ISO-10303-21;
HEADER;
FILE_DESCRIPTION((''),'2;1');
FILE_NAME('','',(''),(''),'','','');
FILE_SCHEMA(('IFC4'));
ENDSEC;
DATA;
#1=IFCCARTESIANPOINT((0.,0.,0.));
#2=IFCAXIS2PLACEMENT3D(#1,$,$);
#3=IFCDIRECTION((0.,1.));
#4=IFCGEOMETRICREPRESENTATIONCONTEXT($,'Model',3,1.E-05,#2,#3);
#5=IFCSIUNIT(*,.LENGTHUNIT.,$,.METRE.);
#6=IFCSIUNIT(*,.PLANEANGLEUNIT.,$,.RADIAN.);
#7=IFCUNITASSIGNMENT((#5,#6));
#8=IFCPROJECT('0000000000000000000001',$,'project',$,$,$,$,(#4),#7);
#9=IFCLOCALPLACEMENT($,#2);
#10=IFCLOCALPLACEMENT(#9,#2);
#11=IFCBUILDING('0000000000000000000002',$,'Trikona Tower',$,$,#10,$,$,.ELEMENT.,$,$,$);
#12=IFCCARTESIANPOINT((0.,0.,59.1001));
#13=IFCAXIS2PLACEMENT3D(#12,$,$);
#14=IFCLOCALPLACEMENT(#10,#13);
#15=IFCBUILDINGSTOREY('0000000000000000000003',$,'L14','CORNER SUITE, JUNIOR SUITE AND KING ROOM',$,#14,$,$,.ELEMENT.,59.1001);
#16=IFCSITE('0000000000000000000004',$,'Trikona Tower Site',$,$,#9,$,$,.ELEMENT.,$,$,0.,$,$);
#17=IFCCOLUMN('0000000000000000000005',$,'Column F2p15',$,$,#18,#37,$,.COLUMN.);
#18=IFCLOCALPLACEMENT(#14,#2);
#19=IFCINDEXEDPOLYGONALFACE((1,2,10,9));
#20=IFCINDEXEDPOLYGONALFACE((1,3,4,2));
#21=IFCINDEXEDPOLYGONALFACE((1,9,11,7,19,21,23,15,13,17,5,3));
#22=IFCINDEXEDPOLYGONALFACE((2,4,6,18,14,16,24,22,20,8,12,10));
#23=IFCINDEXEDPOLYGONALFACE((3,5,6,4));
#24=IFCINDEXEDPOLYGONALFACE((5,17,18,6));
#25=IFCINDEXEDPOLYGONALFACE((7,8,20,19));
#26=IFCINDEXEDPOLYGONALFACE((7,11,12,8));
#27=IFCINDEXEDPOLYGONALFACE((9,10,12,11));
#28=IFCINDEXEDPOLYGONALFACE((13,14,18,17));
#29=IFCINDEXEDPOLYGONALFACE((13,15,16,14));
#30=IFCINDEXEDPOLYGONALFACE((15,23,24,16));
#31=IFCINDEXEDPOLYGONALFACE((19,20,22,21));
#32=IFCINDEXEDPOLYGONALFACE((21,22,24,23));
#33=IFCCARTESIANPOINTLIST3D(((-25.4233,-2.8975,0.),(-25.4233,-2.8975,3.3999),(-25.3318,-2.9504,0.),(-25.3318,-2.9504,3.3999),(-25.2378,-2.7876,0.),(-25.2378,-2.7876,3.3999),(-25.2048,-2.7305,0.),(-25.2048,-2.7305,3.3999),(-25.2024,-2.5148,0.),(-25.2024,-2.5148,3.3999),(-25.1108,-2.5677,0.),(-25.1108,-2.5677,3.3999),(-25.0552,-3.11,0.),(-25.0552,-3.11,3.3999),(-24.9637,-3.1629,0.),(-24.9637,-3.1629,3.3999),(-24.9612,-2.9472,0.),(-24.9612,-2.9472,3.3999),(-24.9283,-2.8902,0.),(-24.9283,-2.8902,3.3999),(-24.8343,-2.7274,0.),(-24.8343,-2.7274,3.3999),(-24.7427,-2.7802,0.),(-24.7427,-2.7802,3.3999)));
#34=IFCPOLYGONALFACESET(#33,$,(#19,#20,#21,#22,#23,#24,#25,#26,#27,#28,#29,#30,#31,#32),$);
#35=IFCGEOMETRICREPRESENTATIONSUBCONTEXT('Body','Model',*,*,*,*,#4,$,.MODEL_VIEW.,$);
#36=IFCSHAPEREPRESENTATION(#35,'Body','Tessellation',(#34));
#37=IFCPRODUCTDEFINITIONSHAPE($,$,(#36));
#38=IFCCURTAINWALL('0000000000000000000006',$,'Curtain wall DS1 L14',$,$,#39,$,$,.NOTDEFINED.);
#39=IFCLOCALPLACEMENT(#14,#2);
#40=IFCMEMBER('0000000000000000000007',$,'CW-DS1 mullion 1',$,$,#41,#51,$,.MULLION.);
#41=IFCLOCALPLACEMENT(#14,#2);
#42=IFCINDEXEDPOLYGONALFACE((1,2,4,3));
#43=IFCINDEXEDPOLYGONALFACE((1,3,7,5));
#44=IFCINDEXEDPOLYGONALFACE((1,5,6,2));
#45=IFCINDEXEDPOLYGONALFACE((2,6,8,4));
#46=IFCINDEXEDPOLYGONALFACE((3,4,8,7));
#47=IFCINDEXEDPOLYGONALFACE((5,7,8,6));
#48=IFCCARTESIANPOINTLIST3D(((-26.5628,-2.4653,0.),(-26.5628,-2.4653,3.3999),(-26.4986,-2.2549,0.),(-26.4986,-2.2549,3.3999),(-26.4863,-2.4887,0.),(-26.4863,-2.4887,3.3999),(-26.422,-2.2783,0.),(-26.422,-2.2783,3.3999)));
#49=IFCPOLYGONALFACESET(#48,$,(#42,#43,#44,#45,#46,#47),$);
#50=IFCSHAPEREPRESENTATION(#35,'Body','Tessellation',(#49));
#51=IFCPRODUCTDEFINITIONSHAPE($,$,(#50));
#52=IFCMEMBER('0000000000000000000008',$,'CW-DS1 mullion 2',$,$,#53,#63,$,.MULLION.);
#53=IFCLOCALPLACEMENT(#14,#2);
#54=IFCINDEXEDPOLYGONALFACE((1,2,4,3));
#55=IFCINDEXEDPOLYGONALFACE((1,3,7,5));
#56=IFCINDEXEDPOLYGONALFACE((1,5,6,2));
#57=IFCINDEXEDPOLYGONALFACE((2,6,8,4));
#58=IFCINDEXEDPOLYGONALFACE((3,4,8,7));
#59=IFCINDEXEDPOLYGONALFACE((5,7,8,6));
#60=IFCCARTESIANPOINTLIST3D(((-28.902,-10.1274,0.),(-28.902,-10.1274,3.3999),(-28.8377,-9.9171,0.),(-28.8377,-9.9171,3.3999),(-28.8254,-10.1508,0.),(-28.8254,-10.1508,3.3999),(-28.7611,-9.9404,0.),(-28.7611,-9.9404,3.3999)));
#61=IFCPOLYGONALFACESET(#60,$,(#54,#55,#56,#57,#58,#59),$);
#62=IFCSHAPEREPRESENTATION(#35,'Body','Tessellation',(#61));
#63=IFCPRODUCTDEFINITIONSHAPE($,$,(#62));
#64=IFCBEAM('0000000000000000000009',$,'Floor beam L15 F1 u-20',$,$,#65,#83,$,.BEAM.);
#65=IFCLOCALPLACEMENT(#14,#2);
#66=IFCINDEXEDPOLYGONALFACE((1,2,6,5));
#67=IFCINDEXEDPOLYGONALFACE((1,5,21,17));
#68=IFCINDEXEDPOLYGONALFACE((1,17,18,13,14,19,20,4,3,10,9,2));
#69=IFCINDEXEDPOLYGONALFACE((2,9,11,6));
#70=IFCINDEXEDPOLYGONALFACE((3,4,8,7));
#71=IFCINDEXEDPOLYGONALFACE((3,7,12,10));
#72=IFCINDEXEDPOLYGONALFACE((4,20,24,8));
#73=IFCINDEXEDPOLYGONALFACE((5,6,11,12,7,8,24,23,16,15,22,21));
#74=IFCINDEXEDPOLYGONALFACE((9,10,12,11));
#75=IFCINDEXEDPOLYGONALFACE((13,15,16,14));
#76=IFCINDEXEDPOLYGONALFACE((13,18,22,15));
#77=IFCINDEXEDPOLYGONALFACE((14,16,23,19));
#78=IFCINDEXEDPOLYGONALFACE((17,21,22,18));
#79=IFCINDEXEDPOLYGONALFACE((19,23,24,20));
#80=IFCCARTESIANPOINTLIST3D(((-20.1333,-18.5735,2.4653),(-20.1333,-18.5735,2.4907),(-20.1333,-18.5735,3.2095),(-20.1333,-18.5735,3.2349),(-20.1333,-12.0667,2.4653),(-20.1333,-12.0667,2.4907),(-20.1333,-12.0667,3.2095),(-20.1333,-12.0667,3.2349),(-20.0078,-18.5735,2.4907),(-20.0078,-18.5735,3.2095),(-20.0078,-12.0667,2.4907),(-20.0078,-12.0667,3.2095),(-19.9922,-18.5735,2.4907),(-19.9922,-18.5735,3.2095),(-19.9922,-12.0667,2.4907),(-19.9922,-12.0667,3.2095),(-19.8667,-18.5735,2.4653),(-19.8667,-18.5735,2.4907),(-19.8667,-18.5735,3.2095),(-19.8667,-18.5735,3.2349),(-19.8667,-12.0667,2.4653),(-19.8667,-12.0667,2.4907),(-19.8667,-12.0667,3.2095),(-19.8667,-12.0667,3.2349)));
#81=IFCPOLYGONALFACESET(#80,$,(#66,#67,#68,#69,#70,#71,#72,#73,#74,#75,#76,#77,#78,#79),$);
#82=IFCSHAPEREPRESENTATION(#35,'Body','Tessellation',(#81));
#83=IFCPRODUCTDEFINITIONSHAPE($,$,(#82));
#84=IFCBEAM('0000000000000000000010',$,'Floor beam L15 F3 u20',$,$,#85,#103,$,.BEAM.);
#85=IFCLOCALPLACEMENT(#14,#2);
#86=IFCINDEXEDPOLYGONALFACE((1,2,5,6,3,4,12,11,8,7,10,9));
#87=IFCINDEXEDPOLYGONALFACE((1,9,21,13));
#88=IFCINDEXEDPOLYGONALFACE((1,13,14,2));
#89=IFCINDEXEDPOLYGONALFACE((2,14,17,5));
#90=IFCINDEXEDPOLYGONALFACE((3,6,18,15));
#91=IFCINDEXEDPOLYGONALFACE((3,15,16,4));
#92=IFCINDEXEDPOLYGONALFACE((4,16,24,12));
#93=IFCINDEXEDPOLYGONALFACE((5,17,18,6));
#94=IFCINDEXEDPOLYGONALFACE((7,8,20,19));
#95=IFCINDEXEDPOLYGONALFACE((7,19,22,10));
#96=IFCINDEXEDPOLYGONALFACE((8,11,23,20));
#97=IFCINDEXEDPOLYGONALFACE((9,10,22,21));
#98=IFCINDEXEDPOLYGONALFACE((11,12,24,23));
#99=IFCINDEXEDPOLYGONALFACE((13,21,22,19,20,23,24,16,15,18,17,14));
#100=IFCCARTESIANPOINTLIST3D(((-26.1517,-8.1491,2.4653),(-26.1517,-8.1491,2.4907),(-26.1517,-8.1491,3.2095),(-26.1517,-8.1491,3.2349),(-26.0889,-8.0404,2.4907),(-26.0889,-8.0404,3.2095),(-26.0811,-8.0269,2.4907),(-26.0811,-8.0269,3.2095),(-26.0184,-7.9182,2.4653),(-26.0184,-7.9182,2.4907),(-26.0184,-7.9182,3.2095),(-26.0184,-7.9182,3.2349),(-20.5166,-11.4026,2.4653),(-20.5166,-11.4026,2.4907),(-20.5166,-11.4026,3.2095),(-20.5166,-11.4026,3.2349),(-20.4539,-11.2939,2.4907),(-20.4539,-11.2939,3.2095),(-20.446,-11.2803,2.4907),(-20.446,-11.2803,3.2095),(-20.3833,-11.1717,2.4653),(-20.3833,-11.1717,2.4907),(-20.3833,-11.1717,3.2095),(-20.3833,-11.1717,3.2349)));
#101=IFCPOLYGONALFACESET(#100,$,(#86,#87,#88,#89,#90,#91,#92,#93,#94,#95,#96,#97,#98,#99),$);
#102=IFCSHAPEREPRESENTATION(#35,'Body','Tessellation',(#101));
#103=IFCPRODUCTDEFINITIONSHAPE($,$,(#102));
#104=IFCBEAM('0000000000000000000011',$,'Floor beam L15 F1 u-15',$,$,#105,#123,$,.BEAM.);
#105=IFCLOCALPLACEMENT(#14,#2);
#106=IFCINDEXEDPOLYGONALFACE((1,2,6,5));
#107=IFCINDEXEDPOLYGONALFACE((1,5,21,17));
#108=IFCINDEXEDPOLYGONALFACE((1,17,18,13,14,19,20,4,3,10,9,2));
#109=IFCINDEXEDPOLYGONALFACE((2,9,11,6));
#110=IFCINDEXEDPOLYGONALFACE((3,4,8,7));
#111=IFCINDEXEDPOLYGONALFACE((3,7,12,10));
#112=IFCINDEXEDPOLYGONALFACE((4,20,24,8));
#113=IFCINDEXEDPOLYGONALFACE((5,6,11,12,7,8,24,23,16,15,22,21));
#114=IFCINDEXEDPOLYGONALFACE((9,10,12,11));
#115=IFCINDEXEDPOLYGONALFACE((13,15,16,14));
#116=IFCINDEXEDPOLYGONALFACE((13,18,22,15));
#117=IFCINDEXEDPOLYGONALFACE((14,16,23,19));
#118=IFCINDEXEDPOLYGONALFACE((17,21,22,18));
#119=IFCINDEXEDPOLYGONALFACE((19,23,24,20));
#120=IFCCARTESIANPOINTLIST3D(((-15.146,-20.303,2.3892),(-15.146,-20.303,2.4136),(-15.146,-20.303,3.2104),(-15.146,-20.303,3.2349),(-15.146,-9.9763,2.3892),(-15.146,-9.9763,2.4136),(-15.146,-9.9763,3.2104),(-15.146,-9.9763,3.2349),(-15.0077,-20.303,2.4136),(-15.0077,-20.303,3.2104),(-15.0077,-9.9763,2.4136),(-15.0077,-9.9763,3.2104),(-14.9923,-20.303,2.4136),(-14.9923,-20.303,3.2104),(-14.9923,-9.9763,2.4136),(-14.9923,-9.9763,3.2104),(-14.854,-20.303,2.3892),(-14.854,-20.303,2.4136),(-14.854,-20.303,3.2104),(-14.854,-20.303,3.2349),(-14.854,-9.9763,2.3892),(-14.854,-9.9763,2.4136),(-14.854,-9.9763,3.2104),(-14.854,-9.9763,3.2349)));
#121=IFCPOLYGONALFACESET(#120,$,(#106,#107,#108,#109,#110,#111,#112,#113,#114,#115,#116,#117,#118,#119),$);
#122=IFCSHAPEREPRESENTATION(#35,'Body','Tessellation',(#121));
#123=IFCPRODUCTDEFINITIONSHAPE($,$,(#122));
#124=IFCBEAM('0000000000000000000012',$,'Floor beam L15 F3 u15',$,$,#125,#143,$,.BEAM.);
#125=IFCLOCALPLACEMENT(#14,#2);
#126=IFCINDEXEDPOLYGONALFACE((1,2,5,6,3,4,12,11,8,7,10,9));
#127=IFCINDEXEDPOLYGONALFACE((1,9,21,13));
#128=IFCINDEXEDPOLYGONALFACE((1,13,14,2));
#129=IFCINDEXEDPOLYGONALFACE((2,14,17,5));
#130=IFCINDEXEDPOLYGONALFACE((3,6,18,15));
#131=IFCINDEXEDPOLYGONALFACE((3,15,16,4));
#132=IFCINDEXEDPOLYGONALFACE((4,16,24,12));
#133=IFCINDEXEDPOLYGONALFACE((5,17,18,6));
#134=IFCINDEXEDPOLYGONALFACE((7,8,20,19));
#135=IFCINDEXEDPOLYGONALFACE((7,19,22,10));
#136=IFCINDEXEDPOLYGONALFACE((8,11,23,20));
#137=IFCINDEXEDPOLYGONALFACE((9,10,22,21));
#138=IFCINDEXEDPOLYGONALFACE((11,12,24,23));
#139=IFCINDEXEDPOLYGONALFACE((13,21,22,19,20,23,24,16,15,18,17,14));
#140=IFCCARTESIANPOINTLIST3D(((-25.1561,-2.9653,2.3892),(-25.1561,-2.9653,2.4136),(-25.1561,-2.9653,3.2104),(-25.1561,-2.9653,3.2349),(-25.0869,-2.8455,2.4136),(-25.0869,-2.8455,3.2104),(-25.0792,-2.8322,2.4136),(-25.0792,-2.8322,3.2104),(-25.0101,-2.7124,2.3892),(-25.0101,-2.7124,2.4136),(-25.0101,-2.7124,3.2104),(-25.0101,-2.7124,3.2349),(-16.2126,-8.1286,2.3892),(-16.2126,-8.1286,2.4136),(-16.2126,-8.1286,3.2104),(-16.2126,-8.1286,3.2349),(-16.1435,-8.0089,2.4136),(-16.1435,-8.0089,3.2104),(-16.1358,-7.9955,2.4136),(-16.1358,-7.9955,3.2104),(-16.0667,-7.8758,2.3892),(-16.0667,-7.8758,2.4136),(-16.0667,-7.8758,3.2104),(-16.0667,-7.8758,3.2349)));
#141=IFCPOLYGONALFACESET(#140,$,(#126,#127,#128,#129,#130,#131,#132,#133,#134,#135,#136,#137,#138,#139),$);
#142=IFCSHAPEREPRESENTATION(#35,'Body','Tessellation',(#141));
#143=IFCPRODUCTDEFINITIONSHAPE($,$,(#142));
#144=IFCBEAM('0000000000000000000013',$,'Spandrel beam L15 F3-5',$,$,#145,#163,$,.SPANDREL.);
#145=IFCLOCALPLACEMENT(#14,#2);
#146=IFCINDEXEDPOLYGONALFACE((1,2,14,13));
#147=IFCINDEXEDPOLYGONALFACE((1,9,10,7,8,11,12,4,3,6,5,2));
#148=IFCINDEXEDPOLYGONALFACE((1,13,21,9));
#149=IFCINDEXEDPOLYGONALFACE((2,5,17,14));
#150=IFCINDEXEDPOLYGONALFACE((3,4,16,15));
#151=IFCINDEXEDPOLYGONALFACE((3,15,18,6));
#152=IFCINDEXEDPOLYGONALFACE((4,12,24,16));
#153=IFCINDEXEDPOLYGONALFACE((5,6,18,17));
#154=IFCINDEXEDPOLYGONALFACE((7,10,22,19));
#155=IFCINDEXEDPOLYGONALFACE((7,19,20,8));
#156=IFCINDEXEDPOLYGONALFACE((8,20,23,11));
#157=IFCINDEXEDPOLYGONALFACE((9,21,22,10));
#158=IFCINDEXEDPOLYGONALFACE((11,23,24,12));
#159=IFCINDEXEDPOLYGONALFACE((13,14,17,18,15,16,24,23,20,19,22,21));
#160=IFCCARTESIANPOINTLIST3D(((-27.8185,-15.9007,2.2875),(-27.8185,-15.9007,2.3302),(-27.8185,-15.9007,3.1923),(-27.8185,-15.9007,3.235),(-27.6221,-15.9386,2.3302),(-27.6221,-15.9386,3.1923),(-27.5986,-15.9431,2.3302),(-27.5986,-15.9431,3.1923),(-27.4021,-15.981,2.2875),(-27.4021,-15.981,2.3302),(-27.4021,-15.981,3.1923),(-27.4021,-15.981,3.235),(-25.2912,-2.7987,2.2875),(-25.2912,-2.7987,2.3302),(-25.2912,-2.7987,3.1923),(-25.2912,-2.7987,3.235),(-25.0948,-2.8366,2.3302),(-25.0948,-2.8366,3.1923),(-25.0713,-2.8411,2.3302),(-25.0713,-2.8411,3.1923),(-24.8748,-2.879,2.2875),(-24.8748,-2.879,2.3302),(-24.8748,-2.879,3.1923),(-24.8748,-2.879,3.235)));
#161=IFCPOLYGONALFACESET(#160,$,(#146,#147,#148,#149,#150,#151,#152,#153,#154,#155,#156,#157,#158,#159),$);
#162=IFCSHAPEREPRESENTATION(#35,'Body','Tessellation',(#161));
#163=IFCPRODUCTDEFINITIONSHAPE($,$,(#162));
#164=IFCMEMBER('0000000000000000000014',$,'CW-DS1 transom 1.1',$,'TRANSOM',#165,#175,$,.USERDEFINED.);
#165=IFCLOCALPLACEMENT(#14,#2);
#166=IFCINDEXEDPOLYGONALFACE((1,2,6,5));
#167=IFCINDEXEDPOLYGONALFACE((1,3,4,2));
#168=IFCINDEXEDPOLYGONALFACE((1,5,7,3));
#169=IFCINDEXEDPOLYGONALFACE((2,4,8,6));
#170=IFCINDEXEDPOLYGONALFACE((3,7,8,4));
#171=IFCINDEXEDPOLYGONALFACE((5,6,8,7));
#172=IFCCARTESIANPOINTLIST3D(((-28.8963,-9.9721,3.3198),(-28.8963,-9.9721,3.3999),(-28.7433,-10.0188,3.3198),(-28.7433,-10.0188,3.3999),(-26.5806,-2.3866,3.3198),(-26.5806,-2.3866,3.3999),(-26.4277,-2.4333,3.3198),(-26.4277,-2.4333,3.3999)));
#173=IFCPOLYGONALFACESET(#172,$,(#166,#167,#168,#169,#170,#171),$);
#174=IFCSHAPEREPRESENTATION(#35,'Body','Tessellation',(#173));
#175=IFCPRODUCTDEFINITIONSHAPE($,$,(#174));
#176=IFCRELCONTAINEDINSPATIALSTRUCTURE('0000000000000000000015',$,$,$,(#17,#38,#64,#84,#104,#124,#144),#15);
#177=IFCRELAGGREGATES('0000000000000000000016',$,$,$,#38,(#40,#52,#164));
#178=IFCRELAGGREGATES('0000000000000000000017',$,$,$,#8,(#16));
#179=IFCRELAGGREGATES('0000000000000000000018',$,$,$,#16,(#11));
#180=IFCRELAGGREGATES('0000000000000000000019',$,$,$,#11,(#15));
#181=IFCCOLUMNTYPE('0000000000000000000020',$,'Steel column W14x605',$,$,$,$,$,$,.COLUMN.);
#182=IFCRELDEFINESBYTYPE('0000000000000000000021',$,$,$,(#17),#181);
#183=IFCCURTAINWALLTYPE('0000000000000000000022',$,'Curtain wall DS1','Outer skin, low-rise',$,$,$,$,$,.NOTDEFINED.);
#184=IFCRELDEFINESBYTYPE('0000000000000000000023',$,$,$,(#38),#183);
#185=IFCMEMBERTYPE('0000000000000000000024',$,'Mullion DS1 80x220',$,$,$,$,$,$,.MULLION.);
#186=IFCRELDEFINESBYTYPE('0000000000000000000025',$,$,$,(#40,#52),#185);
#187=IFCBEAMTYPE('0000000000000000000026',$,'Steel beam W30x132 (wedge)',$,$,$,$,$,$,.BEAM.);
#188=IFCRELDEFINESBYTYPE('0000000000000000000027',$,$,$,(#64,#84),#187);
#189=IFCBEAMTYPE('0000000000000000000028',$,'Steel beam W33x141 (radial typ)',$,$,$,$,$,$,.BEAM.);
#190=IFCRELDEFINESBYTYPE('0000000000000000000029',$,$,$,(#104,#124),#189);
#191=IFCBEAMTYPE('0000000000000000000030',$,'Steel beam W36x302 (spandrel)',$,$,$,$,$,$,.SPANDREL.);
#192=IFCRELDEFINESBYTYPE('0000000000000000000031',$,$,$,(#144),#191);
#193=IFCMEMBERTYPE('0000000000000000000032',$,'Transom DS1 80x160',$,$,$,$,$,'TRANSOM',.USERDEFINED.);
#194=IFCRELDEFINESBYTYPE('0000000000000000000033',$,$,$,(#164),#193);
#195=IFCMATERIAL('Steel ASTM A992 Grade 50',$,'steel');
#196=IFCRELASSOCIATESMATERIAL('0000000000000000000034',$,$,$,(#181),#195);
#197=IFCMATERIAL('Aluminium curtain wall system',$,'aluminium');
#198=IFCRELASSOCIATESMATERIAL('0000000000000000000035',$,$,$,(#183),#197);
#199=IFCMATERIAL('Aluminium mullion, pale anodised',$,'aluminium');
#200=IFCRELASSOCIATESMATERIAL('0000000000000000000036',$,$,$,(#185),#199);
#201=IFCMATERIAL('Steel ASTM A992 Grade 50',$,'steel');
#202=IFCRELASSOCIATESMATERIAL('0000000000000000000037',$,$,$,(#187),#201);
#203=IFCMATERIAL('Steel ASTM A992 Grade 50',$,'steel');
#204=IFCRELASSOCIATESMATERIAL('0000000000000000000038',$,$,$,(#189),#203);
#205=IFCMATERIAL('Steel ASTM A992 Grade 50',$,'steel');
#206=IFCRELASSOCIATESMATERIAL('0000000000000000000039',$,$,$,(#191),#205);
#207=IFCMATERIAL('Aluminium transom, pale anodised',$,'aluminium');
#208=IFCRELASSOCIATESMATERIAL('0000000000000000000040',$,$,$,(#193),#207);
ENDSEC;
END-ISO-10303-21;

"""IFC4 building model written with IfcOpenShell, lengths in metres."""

from ifc_helpers import new_model, si_unit, direction, frame, origin, origin_2d, place, context, subcontext, project, spatial, rectangle, i_section, extrude, material, material_profile, profile_set, type_object, element, aggregate, save


model = new_model("IFC4")

# Units and contexts
model_context = context("Model", 3, precision=1e-05, world=origin(), true_north=direction((0.0, 1.0)))
body_context = subcontext(model_context, "Body", "Model", "MODEL_VIEW")
ifc_project = project(units=[si_unit("LENGTHUNIT", "METRE"), si_unit("PLANEANGLEUNIT", "RADIAN")], contexts=[model_context])

# Site, building, storey
site_placement = place(None, origin())
site = spatial("IfcSite", under=ifc_project, at=site_placement, Name="Trikona Tower Site", CompositionType="ELEMENT", RefElevation=0.0)
building_placement = place(site_placement, origin())
building = spatial("IfcBuilding", under=site, at=building_placement, Name="Trikona Tower", CompositionType="ELEMENT")
storey_placement = place(building_placement, frame((0.0, 0.0, 59.1001)))
storey = spatial("IfcBuildingStorey", under=building, at=storey_placement, Name="L14", Description="CORNER SUITE, JUNIOR SUITE AND KING ROOM", CompositionType="ELEMENT", Elevation=59.1001)

# Column
ifc_material_1 = material(Name="Steel ASTM A992 Grade 50", Category="steel")
ifc_material_profile_1 = material_profile(ifc_material_1, i_section(OverallWidth=0.4419, OverallDepth=0.5308, WebThickness=0.0659, FlangeThickness=0.1057, at=origin_2d()), Name="W14X605")
ifc_profile_set_1 = profile_set([ifc_material_profile_1], Name="Steel ASTM A992 Grade 50")
column_type = type_object("IfcColumnType", Name="Steel column W14x605", PredefinedType="COLUMN", material=ifc_profile_set_1)
column_placement = place(storey_placement, frame((-25.083, -2.8389, 0.0), z_axis=(0.0, 0.0, 1.0), x_axis=(-0.5, -0.866025, 0.0)))
element("IfcColumn", 1, at=column_placement, inside=storey, type_object=column_type, Name="Column F2p15", PredefinedType="COLUMN", context=body_context, shape_type="SweptSolid", body=[
    extrude(i_section(OverallWidth=0.4419, OverallDepth=0.5308, WebThickness=0.0659, FlangeThickness=0.1057, at=origin_2d()), origin(), (0.0, 0.0, 1.0), 3.3999),
])

# Curtain wall, members
ifc_material_2 = material(Name="Aluminium curtain wall system", Category="aluminium")
curtain_wall_type = type_object("IfcCurtainWallType", Name="Curtain wall DS1", Description="Outer skin, low-rise", PredefinedType="NOTDEFINED", material=ifc_material_2)
curtain_wall_placement = place(storey_placement, origin())
curtain_wall = element("IfcCurtainWall", 2, at=curtain_wall_placement, inside=storey, type_object=curtain_wall_type, Name="Curtain wall DS1 L14", PredefinedType="NOTDEFINED")
ifc_material_3 = material(Name="Aluminium mullion, pale anodised", Category="aluminium")
ifc_material_profile_2 = material_profile(ifc_material_3, rectangle(XDim=0.0801, YDim=0.22, at=origin_2d()), Name="MUL-DS1")
ifc_profile_set_2 = profile_set([ifc_material_profile_2], Name="Aluminium mullion, pale anodised")
member_type_1 = type_object("IfcMemberType", Name="Mullion DS1 80x220", PredefinedType="MULLION", material=ifc_profile_set_2)
member_1_placement = place(storey_placement, frame((-26.4924, -2.3718, 0.0), z_axis=(0.0, 0.0, 1.0), x_axis=(0.956423, -0.291984, 0.0)))
member_1 = element("IfcMember", 3, at=member_1_placement, type_object=member_type_1, Name="CW-DS1 mullion 1", PredefinedType="MULLION", context=body_context, shape_type="SweptSolid", body=[
    extrude(rectangle(XDim=0.0801, YDim=0.22, at=origin_2d()), origin(), (0.0, 0.0, 1.0), 3.3999),
])
member_2_placement = place(storey_placement, frame((-28.8315, -10.0339, 0.0), z_axis=(0.0, 0.0, 1.0), x_axis=(0.956423, -0.291984, 0.0)))
member_2 = element("IfcMember", 4, at=member_2_placement, type_object=member_type_1, Name="CW-DS1 mullion 2", PredefinedType="MULLION", context=body_context, shape_type="SweptSolid", body=[
    extrude(rectangle(XDim=0.0801, YDim=0.22, at=origin_2d()), origin(), (0.0, 0.0, 1.0), 3.3999),
])

# Beams
ifc_material_4 = material(Name="Steel ASTM A992 Grade 50", Category="steel")
ifc_material_profile_3 = material_profile(ifc_material_4, i_section(OverallWidth=0.2666, OverallDepth=0.7695, WebThickness=0.0156, FlangeThickness=0.0254, at=origin_2d()), Name="W30X132")
ifc_profile_set_3 = profile_set([ifc_material_profile_3], Name="Steel ASTM A992 Grade 50")
beam_type_1 = type_object("IfcBeamType", Name="Steel beam W30x132 (wedge)", PredefinedType="BEAM", material=ifc_profile_set_3)
for number, where, z_axis, x_axis, name in (
    (5, (-20.0, -12.0667, 2.8501), (0.0, -1.0, 0.0), (1.0, 0.0, 0.0), "Floor beam L15 F1 u-20"),
    (6, (-20.45, -11.2871, 2.8501), (-0.866023, 0.500005, 0.0), (-0.500005, -0.866023, 0.0), "Floor beam L15 F3 u20"),
):
    element("IfcBeam", number, at=place(storey_placement, frame(where, z_axis=z_axis, x_axis=x_axis)), inside=storey, type_object=beam_type_1, Name=name, PredefinedType="BEAM", context=body_context, shape_type="SweptSolid", body=[
        extrude(i_section(OverallWidth=0.2666, OverallDepth=0.7695, WebThickness=0.0156, FlangeThickness=0.0254, at=origin_2d()), origin(), (0.0, 0.0, 1.0), 6.5068),
    ])
ifc_material_5 = material(Name="Steel ASTM A992 Grade 50", Category="steel")
ifc_material_profile_4 = material_profile(ifc_material_5, i_section(OverallWidth=0.292, OverallDepth=0.8457, WebThickness=0.0154, FlangeThickness=0.0244, at=origin_2d()), Name="W33X141")
ifc_profile_set_4 = profile_set([ifc_material_profile_4], Name="Steel ASTM A992 Grade 50")
beam_type_2 = type_object("IfcBeamType", Name="Steel beam W33x141 (radial typ)", PredefinedType="BEAM", material=ifc_profile_set_4)
beam_1_placement = place(storey_placement, frame((-15.0, -9.9763, 2.812), z_axis=(0.0, -1.0, 0.0), x_axis=(1.0, 0.0, 0.0)))
element("IfcBeam", 7, at=beam_1_placement, inside=storey, type_object=beam_type_2, Name="Floor beam L15 F1 u-15", PredefinedType="BEAM", context=body_context, shape_type="SweptSolid", body=[
    extrude(i_section(OverallWidth=0.292, OverallDepth=0.8457, WebThickness=0.0154, FlangeThickness=0.0244, at=origin_2d()), origin(), (0.0, 0.0, 1.0), 10.3267),
])
beam_2_placement = place(storey_placement, frame((-16.1396, -8.0022, 2.812), z_axis=(-0.86603, 0.499991, 0.0), x_axis=(-0.499991, -0.86603, 0.0)))
element("IfcBeam", 8, at=beam_2_placement, inside=storey, type_object=beam_type_2, Name="Floor beam L15 F3 u15", PredefinedType="BEAM", context=body_context, shape_type="SweptSolid", body=[
    extrude(i_section(OverallWidth=0.292, OverallDepth=0.8457, WebThickness=0.0154, FlangeThickness=0.0244, at=origin_2d()), origin(), (0.0, 0.0, 1.0), 10.3269),
])
ifc_material_6 = material(Name="Steel ASTM A992 Grade 50", Category="steel")
ifc_material_profile_5 = material_profile(ifc_material_6, i_section(OverallWidth=0.4241, OverallDepth=0.9475, WebThickness=0.0239, FlangeThickness=0.0427, at=origin_2d()), Name="W36X302")
ifc_profile_set_5 = profile_set([ifc_material_profile_5], Name="Steel ASTM A992 Grade 50")
beam_type_3 = type_object("IfcBeamType", Name="Steel beam W36x302 (spandrel)", PredefinedType="SPANDREL", material=ifc_profile_set_5)
beam_3_placement = place(storey_placement, frame((-25.083, -2.8389, 2.7612), z_axis=(-0.189405, -0.981899, 0.0), x_axis=(0.981899, -0.189405, 0.0)))
element("IfcBeam", 9, at=beam_3_placement, inside=storey, type_object=beam_type_3, Name="Spandrel beam L15 F3-5", PredefinedType="SPANDREL", context=body_context, shape_type="SweptSolid", body=[
    extrude(i_section(OverallWidth=0.4241, OverallDepth=0.9475, WebThickness=0.0239, FlangeThickness=0.0427, at=origin_2d()), origin(), (0.0, 0.0, 1.0), 13.3435),
])

# Member
ifc_material_7 = material(Name="Aluminium transom, pale anodised", Category="aluminium")
ifc_material_profile_6 = material_profile(ifc_material_7, rectangle(XDim=0.1599, YDim=0.0801, at=origin_2d()), Name="TRN-DS1")
ifc_profile_set_6 = profile_set([ifc_material_profile_6], Name="Aluminium transom, pale anodised")
member_type_2 = type_object("IfcMemberType", Name="Transom DS1 80x160", ElementType="TRANSOM", PredefinedType="USERDEFINED", material=ifc_profile_set_6)
member_3_placement = place(storey_placement, frame((-26.5042, -2.4099, 3.3599), z_axis=(-0.291967, -0.956428, 0.0), x_axis=(0.956428, -0.291967, 0.0)))
member_3 = element("IfcMember", 10, at=member_3_placement, type_object=member_type_2, Name="CW-DS1 transom 1.1", ObjectType="TRANSOM", PredefinedType="USERDEFINED", context=body_context, shape_type="SweptSolid", body=[
    extrude(rectangle(XDim=0.1599, YDim=0.0801, at=origin_2d()), origin(), (0.0, 0.0, 1.0), 7.9312),
])

aggregate(curtain_wall, [member_1, member_2, member_3])

save(model, "model.ifc")
